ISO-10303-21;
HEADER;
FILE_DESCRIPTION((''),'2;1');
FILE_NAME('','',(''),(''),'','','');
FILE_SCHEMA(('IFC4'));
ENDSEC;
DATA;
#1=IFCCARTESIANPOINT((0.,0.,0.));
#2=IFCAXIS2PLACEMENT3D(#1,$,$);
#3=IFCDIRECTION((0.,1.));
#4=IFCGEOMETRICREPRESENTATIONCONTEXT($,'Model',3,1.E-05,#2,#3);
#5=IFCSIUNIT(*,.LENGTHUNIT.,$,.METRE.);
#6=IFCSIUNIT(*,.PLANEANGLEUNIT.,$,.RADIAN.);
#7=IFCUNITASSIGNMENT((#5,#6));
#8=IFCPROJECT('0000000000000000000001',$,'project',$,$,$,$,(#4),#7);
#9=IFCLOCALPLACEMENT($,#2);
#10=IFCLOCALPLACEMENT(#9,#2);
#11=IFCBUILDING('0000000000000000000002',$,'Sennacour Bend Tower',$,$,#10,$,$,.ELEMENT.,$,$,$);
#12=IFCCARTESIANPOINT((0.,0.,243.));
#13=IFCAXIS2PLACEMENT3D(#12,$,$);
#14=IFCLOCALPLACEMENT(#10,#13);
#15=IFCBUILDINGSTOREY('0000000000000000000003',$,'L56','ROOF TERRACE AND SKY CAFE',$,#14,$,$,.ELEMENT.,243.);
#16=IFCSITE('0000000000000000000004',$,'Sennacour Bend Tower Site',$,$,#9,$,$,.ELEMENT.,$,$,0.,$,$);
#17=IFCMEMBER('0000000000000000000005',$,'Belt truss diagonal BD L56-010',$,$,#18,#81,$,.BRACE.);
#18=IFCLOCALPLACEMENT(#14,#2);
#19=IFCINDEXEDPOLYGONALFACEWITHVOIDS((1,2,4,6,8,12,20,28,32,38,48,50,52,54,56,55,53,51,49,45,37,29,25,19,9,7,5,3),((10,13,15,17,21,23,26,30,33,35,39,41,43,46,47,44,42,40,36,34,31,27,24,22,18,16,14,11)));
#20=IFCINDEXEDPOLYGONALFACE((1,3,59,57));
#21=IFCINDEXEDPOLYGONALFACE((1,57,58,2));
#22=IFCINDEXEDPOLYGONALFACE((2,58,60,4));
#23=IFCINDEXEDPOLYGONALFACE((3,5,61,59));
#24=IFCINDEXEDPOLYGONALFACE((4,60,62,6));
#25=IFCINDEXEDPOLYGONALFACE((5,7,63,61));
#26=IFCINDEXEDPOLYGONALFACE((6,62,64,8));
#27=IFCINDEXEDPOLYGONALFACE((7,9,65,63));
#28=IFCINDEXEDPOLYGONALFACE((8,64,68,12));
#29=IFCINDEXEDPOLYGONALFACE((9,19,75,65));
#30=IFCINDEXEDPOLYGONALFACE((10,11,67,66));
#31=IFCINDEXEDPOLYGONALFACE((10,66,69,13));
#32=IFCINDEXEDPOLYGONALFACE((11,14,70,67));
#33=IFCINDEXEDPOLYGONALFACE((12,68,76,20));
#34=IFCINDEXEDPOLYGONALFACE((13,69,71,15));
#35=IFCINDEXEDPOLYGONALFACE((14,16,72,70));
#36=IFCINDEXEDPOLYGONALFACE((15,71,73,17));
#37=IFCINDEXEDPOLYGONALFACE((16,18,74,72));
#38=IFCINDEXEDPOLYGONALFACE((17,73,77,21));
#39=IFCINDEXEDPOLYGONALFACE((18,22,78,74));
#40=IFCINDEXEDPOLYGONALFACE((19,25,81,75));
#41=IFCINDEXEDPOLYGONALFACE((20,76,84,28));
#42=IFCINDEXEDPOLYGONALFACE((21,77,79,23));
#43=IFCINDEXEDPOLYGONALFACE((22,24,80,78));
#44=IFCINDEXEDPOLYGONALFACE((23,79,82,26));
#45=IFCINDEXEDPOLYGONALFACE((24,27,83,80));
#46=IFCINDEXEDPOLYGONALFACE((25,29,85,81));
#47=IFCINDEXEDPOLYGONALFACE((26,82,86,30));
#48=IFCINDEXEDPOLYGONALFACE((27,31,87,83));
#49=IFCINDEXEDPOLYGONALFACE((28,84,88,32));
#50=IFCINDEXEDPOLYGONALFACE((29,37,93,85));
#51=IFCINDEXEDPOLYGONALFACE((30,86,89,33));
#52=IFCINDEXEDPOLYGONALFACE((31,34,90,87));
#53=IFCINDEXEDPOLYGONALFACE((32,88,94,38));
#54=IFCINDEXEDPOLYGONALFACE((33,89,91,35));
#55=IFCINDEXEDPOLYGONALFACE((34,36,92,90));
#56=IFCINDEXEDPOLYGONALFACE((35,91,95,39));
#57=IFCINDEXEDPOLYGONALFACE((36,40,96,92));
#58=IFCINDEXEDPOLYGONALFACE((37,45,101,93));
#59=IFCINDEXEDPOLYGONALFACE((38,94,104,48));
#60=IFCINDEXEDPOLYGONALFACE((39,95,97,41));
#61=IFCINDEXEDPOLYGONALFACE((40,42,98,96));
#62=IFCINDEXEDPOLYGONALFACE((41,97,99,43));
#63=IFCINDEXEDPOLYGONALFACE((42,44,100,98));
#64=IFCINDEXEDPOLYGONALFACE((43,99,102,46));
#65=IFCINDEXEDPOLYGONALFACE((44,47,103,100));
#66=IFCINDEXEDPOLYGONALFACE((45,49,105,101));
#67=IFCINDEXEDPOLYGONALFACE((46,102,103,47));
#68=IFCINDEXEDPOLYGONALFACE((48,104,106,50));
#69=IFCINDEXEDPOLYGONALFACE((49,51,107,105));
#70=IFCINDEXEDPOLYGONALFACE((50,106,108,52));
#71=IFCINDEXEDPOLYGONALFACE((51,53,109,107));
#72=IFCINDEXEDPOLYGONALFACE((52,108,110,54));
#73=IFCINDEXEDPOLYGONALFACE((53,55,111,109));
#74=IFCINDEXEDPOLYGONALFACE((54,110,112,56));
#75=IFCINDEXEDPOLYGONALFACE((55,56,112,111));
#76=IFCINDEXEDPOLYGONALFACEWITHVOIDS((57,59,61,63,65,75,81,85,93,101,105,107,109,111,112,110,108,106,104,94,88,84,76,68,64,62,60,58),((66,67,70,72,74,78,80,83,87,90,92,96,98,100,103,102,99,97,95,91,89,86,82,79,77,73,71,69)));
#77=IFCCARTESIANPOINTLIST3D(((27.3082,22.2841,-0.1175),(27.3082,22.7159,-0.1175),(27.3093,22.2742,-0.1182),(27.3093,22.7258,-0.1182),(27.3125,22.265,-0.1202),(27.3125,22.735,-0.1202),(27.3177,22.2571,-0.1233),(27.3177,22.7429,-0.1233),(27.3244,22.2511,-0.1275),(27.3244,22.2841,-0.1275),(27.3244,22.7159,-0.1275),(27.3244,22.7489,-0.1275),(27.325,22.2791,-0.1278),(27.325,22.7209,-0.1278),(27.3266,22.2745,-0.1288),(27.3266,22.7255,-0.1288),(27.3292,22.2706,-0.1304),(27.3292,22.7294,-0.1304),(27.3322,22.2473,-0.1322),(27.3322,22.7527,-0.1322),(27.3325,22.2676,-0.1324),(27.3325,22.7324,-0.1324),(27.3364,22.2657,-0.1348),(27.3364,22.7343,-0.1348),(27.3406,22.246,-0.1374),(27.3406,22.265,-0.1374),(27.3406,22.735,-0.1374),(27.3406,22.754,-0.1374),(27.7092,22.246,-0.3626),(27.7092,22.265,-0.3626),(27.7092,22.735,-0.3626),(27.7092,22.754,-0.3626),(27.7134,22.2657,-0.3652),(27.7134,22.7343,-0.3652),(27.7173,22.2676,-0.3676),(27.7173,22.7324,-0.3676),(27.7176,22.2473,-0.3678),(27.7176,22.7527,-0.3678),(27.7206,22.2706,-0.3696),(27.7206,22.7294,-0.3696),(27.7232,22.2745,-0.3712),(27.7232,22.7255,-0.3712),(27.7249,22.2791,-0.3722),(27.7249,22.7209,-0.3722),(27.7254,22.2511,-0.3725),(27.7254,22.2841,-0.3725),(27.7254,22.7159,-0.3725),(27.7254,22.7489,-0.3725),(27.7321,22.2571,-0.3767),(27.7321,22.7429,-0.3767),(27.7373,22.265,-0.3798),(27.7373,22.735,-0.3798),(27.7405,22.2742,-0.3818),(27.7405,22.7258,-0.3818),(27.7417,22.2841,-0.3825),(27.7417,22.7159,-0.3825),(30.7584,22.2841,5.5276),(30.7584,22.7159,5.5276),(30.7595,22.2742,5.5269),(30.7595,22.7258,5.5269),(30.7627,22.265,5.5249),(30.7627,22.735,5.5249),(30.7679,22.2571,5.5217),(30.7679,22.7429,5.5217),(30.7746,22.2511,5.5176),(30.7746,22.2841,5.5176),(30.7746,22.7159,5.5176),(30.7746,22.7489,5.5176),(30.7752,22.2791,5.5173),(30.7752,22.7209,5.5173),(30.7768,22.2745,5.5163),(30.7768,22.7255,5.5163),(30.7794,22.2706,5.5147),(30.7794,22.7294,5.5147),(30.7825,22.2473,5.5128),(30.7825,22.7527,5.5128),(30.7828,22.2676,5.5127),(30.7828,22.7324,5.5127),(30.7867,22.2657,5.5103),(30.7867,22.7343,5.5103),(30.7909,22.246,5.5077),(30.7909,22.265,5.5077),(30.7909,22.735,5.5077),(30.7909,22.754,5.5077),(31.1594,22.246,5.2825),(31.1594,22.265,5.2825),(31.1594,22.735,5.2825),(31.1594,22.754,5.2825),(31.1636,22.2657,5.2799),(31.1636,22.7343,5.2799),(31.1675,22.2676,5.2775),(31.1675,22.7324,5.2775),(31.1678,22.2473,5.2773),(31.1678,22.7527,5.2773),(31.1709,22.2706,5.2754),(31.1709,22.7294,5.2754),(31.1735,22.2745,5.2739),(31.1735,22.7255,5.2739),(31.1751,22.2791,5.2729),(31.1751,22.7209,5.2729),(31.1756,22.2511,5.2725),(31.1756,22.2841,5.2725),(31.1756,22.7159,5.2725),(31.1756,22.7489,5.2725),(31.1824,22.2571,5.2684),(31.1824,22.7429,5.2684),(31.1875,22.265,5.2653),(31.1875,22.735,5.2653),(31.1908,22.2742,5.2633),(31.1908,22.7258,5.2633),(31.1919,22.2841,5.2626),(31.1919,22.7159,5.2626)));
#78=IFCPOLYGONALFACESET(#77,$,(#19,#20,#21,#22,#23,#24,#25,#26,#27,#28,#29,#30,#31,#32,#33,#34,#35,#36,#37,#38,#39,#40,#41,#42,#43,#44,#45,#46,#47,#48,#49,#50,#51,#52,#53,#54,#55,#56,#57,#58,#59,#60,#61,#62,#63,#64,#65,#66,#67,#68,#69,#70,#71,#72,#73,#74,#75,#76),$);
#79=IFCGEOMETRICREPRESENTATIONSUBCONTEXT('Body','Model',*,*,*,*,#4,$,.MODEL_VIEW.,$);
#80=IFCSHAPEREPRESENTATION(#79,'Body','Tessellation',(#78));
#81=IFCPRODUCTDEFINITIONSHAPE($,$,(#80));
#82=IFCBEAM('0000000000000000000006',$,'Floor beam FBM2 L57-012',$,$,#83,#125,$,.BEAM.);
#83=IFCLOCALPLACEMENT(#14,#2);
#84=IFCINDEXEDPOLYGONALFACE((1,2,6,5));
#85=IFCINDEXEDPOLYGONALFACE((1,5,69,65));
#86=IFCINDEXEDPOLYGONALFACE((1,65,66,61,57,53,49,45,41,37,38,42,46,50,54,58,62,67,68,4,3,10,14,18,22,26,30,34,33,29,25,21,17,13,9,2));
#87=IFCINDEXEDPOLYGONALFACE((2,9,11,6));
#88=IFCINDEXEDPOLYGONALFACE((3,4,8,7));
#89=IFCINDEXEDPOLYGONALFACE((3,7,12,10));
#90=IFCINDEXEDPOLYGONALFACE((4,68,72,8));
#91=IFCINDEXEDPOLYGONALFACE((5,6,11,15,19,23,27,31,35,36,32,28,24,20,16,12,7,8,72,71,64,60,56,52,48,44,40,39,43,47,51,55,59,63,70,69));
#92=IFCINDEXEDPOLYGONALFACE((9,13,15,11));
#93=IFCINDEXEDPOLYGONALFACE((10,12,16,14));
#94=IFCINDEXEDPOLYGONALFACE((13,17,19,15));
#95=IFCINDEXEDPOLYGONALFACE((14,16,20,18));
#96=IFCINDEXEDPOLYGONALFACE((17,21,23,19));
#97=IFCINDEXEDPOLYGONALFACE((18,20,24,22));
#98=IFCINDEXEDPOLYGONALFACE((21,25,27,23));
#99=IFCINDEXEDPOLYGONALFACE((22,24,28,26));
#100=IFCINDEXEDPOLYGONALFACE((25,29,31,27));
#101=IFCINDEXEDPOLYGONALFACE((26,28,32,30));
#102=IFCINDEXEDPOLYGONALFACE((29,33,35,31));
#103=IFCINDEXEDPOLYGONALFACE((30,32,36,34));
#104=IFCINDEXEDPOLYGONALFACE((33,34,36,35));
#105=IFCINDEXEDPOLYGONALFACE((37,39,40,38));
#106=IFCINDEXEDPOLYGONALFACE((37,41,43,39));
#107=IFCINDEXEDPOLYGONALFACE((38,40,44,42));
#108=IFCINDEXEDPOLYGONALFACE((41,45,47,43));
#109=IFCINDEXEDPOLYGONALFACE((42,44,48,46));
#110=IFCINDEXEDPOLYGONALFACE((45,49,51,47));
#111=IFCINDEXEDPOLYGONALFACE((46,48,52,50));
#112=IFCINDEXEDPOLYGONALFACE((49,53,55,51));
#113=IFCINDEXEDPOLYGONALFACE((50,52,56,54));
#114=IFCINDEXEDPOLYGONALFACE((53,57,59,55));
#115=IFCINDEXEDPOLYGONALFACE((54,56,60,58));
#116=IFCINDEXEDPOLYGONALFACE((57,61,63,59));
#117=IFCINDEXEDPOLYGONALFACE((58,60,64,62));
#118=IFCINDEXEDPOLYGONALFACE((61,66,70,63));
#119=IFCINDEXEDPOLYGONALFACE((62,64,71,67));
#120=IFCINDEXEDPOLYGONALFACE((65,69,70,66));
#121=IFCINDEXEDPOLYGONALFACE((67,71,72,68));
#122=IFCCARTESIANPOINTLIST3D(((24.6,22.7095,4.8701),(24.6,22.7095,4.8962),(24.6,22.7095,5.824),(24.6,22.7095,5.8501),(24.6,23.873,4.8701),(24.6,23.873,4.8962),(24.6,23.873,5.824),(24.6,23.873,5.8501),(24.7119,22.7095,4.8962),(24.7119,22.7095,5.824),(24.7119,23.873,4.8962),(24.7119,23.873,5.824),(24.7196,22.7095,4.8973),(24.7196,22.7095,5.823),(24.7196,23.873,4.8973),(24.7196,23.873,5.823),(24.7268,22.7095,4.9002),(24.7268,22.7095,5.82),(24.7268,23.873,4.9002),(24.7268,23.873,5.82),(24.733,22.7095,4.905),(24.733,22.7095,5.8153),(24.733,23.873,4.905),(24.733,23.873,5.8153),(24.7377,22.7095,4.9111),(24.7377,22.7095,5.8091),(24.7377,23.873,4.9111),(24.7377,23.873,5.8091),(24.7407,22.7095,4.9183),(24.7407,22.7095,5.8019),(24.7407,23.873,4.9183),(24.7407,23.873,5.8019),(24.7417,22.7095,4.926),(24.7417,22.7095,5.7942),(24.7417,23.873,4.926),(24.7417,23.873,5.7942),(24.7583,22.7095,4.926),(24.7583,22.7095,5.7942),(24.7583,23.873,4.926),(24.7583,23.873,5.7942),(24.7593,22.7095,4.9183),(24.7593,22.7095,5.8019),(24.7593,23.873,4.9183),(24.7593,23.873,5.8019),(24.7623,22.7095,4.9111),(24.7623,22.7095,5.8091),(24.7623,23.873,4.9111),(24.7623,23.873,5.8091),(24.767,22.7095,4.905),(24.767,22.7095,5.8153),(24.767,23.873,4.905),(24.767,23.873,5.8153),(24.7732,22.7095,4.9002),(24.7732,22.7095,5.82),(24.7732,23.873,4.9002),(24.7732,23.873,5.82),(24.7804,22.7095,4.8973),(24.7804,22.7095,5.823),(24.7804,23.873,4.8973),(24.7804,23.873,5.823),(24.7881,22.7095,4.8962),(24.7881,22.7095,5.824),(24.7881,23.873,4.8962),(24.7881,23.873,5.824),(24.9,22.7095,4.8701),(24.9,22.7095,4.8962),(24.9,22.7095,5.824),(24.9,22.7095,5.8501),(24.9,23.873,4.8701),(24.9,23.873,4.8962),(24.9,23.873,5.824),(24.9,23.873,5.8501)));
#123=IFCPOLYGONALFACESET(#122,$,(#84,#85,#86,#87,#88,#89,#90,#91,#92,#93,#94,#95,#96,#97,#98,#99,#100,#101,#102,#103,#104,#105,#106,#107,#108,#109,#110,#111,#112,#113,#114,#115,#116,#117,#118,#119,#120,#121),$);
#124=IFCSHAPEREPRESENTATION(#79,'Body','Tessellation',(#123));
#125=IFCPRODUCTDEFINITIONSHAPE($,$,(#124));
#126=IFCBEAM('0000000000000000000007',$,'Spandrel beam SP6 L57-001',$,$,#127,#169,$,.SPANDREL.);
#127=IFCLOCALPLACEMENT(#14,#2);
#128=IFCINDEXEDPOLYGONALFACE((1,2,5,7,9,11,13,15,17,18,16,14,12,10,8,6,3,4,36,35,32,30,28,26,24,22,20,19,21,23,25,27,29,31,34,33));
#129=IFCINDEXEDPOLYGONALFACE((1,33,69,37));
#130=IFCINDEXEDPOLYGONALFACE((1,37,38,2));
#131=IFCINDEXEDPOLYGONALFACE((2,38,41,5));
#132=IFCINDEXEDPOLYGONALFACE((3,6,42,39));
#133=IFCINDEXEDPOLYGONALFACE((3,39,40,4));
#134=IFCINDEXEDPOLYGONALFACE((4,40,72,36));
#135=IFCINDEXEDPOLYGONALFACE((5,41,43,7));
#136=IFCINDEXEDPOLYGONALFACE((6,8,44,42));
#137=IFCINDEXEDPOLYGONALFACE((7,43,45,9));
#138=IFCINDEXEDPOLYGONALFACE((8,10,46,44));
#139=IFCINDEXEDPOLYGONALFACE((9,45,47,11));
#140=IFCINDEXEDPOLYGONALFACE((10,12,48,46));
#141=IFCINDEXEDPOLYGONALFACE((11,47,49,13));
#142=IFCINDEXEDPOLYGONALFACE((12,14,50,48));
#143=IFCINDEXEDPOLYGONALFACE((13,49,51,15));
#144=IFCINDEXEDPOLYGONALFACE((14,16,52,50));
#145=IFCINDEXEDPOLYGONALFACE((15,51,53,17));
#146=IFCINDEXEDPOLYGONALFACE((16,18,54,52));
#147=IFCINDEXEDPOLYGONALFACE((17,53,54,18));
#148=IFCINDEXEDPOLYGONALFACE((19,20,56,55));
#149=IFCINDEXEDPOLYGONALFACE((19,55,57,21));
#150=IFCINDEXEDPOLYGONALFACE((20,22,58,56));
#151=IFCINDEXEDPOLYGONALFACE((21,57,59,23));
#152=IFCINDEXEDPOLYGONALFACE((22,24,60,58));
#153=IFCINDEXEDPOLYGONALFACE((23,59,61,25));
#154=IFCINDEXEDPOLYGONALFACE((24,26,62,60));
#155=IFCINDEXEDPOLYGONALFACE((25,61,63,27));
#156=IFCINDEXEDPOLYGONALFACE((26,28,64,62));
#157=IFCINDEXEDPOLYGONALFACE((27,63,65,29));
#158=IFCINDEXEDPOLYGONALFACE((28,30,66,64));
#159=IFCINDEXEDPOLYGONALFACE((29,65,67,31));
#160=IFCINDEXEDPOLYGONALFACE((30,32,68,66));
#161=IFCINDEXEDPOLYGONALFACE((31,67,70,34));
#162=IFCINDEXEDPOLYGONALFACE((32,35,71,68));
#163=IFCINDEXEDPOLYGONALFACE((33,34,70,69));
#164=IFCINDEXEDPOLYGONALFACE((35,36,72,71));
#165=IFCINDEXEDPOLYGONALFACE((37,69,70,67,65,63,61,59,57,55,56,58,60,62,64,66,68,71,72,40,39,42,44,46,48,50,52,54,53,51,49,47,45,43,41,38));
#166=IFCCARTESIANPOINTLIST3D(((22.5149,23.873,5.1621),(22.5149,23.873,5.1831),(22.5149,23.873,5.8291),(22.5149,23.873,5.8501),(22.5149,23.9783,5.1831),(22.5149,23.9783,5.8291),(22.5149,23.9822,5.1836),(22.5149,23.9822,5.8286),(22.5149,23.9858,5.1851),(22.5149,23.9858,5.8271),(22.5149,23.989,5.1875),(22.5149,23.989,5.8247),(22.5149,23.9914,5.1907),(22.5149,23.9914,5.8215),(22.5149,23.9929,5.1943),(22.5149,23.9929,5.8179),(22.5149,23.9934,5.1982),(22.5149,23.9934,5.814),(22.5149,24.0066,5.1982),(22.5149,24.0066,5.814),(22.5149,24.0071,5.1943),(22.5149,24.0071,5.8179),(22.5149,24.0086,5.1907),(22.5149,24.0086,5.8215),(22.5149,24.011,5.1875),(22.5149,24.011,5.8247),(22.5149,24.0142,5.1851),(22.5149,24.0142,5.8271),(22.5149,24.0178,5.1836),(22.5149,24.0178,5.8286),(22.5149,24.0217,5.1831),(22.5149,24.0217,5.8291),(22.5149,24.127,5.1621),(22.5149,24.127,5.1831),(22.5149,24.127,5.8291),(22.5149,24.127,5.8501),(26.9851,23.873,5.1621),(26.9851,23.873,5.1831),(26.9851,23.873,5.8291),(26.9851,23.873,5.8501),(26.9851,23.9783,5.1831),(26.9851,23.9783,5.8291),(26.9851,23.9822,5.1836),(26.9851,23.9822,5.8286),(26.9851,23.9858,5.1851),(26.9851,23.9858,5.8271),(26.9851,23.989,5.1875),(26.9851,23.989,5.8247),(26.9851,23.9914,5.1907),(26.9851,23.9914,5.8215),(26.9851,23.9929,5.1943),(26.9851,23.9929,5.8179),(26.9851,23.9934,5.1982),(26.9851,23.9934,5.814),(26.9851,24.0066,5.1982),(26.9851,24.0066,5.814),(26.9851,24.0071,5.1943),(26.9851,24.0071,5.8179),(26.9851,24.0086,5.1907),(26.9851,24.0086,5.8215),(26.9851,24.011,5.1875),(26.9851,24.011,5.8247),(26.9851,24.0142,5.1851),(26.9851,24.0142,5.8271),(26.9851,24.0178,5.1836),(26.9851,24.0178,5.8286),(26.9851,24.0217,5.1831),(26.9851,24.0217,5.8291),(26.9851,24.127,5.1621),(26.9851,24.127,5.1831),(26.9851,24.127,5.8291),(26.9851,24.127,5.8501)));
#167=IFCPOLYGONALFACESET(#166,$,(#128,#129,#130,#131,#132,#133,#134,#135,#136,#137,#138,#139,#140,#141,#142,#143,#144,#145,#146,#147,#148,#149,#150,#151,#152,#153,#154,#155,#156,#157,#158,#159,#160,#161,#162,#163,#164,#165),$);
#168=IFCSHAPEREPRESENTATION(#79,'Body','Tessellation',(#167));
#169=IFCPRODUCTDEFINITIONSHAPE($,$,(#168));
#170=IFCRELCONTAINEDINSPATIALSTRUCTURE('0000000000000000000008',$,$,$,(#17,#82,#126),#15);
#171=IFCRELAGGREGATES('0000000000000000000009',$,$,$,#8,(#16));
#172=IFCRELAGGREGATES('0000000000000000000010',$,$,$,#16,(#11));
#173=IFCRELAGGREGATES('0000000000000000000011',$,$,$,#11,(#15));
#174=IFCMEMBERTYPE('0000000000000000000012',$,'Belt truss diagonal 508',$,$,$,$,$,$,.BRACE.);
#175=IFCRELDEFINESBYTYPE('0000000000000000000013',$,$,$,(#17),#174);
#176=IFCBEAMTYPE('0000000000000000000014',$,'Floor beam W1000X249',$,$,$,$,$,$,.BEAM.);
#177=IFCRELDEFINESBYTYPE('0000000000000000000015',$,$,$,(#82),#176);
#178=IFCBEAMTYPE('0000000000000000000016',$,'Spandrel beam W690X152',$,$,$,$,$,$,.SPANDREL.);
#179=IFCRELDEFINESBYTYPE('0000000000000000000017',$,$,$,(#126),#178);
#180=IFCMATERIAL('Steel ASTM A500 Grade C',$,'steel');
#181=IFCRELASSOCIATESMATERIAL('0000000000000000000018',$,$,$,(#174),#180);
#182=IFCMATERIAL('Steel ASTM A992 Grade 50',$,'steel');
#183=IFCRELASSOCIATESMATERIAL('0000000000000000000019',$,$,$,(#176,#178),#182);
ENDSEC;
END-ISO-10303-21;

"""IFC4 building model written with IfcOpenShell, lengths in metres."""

from ifc_helpers import new_model, si_unit, direction, frame, origin, origin_2d, place, context, subcontext, project, spatial, hollow_rectangle, i_section, extrude, material, material_profile, profile_set, type_object, element, save


model = new_model("IFC4")

# Units and contexts
model_context = context("Model", 3, precision=1e-05, world=origin(), true_north=direction((0.0, 1.0)))
body_context = subcontext(model_context, "Body", "Model", "MODEL_VIEW")
ifc_project = project(units=[si_unit("LENGTHUNIT", "METRE"), si_unit("PLANEANGLEUNIT", "RADIAN")], contexts=[model_context])

# Site, building, storey
site_placement = place(None, origin())
site = spatial("IfcSite", under=ifc_project, at=site_placement, Name="Sennacour Bend Tower Site", CompositionType="ELEMENT", RefElevation=0.0)
building_placement = place(site_placement, origin())
building = spatial("IfcBuilding", under=site, at=building_placement, Name="Sennacour Bend Tower", CompositionType="ELEMENT")
storey_placement = place(building_placement, frame((0.0, 0.0, 243.0)))
storey = spatial("IfcBuildingStorey", under=building, at=storey_placement, Name="L56", Description="ROOF TERRACE AND SKY CAFE", CompositionType="ELEMENT", Elevation=243.0)

# Member
ifc_material_1 = material(Name="Steel ASTM A992 Grade 50", Category="steel")
ifc_material_2 = material(Name="Steel ASTM A500 Grade C", Category="steel")
ifc_material_profile_1 = material_profile(ifc_material_2, hollow_rectangle(XDim=0.5081, YDim=0.5081, WallThickness=0.019, InnerFilletRadius=0.019, OuterFilletRadius=0.0381, at=origin_2d()), Name="Steel ASTM A500 Grade C", Category="steel")
ifc_profile_set_1 = profile_set([ifc_material_profile_1], Name="Steel ASTM A500 Grade C")
member_type_1 = type_object("IfcMemberType", Name="Belt truss diagonal 508", PredefinedType="BRACE", material=ifc_profile_set_1)
member_1_placement = place(storey_placement, frame((27.5249, 22.5, -0.25), z_axis=(0.521501, 0.0, 0.853251), x_axis=(0.0, 1.0, 0.0)))
element("IfcMember", 1, at=member_1_placement, inside=storey, type_object=member_type_1, Name="Belt truss diagonal BD L56-010", PredefinedType="BRACE", context=body_context, shape_type="SweptSolid", body=[
    extrude(hollow_rectangle(XDim=0.5081, YDim=0.5081, WallThickness=0.019, InnerFilletRadius=0.019, OuterFilletRadius=0.0381, at=origin_2d()), origin(), (0.0, 0.0, 1.0), 6.616),
])

# Beams
ifc_material_profile_2 = material_profile(ifc_material_1, i_section(OverallWidth=0.3, OverallDepth=0.98, WebThickness=0.0166, FlangeThickness=0.0261, FilletRadius=0.0298, at=origin_2d()), Name="Steel ASTM A992 Grade 50", Category="steel")
ifc_profile_set_2 = profile_set([ifc_material_profile_2], Name="Steel ASTM A992 Grade 50")
beam_type_1 = type_object("IfcBeamType", Name="Floor beam W1000X249", PredefinedType="BEAM", material=ifc_profile_set_2)
beam_placement = place(storey_placement, frame((24.75, 22.7095, 5.3601), z_axis=(0.0, 1.0, 0.0), x_axis=(-1.0, 0.0, 0.0)))
element("IfcBeam", 2, at=beam_placement, inside=storey, type_object=beam_type_1, Name="Floor beam FBM2 L57-012", PredefinedType="BEAM", context=body_context, shape_type="SweptSolid", body=[
    extrude(i_section(OverallWidth=0.3, OverallDepth=0.98, WebThickness=0.0166, FlangeThickness=0.0261, FilletRadius=0.0298, at=origin_2d()), origin(), (0.0, 0.0, 1.0), 1.1636),
])
ifc_material_profile_3 = material_profile(ifc_material_1, i_section(OverallWidth=0.2539, OverallDepth=0.688, WebThickness=0.0132, FlangeThickness=0.021, FilletRadius=0.0151, at=origin_2d()), Name="Steel ASTM A992 Grade 50", Category="steel")
ifc_profile_set_3 = profile_set([ifc_material_profile_3], Name="Steel ASTM A992 Grade 50")
beam_type_2 = type_object("IfcBeamType", Name="Spandrel beam W690X152", PredefinedType="SPANDREL", material=ifc_profile_set_3)
for number, where, z_axis, x_axis, name in (
    (3, (22.5149, 24.0, 5.5061), (1.0, 0.0, 0.0), (0.0, 1.0, 0.0), "Spandrel beam SP6 L57-001"),
):
    element("IfcBeam", number, at=place(storey_placement, frame(where, z_axis=z_axis, x_axis=x_axis)), inside=storey, type_object=beam_type_2, Name=name, PredefinedType="SPANDREL", context=body_context, shape_type="SweptSolid", body=[
        extrude(i_section(OverallWidth=0.2539, OverallDepth=0.688, WebThickness=0.0132, FlangeThickness=0.021, FilletRadius=0.0151, at=origin_2d()), origin(), (0.0, 0.0, 1.0), 4.4702),
    ])

save(model, "model.ifc")
